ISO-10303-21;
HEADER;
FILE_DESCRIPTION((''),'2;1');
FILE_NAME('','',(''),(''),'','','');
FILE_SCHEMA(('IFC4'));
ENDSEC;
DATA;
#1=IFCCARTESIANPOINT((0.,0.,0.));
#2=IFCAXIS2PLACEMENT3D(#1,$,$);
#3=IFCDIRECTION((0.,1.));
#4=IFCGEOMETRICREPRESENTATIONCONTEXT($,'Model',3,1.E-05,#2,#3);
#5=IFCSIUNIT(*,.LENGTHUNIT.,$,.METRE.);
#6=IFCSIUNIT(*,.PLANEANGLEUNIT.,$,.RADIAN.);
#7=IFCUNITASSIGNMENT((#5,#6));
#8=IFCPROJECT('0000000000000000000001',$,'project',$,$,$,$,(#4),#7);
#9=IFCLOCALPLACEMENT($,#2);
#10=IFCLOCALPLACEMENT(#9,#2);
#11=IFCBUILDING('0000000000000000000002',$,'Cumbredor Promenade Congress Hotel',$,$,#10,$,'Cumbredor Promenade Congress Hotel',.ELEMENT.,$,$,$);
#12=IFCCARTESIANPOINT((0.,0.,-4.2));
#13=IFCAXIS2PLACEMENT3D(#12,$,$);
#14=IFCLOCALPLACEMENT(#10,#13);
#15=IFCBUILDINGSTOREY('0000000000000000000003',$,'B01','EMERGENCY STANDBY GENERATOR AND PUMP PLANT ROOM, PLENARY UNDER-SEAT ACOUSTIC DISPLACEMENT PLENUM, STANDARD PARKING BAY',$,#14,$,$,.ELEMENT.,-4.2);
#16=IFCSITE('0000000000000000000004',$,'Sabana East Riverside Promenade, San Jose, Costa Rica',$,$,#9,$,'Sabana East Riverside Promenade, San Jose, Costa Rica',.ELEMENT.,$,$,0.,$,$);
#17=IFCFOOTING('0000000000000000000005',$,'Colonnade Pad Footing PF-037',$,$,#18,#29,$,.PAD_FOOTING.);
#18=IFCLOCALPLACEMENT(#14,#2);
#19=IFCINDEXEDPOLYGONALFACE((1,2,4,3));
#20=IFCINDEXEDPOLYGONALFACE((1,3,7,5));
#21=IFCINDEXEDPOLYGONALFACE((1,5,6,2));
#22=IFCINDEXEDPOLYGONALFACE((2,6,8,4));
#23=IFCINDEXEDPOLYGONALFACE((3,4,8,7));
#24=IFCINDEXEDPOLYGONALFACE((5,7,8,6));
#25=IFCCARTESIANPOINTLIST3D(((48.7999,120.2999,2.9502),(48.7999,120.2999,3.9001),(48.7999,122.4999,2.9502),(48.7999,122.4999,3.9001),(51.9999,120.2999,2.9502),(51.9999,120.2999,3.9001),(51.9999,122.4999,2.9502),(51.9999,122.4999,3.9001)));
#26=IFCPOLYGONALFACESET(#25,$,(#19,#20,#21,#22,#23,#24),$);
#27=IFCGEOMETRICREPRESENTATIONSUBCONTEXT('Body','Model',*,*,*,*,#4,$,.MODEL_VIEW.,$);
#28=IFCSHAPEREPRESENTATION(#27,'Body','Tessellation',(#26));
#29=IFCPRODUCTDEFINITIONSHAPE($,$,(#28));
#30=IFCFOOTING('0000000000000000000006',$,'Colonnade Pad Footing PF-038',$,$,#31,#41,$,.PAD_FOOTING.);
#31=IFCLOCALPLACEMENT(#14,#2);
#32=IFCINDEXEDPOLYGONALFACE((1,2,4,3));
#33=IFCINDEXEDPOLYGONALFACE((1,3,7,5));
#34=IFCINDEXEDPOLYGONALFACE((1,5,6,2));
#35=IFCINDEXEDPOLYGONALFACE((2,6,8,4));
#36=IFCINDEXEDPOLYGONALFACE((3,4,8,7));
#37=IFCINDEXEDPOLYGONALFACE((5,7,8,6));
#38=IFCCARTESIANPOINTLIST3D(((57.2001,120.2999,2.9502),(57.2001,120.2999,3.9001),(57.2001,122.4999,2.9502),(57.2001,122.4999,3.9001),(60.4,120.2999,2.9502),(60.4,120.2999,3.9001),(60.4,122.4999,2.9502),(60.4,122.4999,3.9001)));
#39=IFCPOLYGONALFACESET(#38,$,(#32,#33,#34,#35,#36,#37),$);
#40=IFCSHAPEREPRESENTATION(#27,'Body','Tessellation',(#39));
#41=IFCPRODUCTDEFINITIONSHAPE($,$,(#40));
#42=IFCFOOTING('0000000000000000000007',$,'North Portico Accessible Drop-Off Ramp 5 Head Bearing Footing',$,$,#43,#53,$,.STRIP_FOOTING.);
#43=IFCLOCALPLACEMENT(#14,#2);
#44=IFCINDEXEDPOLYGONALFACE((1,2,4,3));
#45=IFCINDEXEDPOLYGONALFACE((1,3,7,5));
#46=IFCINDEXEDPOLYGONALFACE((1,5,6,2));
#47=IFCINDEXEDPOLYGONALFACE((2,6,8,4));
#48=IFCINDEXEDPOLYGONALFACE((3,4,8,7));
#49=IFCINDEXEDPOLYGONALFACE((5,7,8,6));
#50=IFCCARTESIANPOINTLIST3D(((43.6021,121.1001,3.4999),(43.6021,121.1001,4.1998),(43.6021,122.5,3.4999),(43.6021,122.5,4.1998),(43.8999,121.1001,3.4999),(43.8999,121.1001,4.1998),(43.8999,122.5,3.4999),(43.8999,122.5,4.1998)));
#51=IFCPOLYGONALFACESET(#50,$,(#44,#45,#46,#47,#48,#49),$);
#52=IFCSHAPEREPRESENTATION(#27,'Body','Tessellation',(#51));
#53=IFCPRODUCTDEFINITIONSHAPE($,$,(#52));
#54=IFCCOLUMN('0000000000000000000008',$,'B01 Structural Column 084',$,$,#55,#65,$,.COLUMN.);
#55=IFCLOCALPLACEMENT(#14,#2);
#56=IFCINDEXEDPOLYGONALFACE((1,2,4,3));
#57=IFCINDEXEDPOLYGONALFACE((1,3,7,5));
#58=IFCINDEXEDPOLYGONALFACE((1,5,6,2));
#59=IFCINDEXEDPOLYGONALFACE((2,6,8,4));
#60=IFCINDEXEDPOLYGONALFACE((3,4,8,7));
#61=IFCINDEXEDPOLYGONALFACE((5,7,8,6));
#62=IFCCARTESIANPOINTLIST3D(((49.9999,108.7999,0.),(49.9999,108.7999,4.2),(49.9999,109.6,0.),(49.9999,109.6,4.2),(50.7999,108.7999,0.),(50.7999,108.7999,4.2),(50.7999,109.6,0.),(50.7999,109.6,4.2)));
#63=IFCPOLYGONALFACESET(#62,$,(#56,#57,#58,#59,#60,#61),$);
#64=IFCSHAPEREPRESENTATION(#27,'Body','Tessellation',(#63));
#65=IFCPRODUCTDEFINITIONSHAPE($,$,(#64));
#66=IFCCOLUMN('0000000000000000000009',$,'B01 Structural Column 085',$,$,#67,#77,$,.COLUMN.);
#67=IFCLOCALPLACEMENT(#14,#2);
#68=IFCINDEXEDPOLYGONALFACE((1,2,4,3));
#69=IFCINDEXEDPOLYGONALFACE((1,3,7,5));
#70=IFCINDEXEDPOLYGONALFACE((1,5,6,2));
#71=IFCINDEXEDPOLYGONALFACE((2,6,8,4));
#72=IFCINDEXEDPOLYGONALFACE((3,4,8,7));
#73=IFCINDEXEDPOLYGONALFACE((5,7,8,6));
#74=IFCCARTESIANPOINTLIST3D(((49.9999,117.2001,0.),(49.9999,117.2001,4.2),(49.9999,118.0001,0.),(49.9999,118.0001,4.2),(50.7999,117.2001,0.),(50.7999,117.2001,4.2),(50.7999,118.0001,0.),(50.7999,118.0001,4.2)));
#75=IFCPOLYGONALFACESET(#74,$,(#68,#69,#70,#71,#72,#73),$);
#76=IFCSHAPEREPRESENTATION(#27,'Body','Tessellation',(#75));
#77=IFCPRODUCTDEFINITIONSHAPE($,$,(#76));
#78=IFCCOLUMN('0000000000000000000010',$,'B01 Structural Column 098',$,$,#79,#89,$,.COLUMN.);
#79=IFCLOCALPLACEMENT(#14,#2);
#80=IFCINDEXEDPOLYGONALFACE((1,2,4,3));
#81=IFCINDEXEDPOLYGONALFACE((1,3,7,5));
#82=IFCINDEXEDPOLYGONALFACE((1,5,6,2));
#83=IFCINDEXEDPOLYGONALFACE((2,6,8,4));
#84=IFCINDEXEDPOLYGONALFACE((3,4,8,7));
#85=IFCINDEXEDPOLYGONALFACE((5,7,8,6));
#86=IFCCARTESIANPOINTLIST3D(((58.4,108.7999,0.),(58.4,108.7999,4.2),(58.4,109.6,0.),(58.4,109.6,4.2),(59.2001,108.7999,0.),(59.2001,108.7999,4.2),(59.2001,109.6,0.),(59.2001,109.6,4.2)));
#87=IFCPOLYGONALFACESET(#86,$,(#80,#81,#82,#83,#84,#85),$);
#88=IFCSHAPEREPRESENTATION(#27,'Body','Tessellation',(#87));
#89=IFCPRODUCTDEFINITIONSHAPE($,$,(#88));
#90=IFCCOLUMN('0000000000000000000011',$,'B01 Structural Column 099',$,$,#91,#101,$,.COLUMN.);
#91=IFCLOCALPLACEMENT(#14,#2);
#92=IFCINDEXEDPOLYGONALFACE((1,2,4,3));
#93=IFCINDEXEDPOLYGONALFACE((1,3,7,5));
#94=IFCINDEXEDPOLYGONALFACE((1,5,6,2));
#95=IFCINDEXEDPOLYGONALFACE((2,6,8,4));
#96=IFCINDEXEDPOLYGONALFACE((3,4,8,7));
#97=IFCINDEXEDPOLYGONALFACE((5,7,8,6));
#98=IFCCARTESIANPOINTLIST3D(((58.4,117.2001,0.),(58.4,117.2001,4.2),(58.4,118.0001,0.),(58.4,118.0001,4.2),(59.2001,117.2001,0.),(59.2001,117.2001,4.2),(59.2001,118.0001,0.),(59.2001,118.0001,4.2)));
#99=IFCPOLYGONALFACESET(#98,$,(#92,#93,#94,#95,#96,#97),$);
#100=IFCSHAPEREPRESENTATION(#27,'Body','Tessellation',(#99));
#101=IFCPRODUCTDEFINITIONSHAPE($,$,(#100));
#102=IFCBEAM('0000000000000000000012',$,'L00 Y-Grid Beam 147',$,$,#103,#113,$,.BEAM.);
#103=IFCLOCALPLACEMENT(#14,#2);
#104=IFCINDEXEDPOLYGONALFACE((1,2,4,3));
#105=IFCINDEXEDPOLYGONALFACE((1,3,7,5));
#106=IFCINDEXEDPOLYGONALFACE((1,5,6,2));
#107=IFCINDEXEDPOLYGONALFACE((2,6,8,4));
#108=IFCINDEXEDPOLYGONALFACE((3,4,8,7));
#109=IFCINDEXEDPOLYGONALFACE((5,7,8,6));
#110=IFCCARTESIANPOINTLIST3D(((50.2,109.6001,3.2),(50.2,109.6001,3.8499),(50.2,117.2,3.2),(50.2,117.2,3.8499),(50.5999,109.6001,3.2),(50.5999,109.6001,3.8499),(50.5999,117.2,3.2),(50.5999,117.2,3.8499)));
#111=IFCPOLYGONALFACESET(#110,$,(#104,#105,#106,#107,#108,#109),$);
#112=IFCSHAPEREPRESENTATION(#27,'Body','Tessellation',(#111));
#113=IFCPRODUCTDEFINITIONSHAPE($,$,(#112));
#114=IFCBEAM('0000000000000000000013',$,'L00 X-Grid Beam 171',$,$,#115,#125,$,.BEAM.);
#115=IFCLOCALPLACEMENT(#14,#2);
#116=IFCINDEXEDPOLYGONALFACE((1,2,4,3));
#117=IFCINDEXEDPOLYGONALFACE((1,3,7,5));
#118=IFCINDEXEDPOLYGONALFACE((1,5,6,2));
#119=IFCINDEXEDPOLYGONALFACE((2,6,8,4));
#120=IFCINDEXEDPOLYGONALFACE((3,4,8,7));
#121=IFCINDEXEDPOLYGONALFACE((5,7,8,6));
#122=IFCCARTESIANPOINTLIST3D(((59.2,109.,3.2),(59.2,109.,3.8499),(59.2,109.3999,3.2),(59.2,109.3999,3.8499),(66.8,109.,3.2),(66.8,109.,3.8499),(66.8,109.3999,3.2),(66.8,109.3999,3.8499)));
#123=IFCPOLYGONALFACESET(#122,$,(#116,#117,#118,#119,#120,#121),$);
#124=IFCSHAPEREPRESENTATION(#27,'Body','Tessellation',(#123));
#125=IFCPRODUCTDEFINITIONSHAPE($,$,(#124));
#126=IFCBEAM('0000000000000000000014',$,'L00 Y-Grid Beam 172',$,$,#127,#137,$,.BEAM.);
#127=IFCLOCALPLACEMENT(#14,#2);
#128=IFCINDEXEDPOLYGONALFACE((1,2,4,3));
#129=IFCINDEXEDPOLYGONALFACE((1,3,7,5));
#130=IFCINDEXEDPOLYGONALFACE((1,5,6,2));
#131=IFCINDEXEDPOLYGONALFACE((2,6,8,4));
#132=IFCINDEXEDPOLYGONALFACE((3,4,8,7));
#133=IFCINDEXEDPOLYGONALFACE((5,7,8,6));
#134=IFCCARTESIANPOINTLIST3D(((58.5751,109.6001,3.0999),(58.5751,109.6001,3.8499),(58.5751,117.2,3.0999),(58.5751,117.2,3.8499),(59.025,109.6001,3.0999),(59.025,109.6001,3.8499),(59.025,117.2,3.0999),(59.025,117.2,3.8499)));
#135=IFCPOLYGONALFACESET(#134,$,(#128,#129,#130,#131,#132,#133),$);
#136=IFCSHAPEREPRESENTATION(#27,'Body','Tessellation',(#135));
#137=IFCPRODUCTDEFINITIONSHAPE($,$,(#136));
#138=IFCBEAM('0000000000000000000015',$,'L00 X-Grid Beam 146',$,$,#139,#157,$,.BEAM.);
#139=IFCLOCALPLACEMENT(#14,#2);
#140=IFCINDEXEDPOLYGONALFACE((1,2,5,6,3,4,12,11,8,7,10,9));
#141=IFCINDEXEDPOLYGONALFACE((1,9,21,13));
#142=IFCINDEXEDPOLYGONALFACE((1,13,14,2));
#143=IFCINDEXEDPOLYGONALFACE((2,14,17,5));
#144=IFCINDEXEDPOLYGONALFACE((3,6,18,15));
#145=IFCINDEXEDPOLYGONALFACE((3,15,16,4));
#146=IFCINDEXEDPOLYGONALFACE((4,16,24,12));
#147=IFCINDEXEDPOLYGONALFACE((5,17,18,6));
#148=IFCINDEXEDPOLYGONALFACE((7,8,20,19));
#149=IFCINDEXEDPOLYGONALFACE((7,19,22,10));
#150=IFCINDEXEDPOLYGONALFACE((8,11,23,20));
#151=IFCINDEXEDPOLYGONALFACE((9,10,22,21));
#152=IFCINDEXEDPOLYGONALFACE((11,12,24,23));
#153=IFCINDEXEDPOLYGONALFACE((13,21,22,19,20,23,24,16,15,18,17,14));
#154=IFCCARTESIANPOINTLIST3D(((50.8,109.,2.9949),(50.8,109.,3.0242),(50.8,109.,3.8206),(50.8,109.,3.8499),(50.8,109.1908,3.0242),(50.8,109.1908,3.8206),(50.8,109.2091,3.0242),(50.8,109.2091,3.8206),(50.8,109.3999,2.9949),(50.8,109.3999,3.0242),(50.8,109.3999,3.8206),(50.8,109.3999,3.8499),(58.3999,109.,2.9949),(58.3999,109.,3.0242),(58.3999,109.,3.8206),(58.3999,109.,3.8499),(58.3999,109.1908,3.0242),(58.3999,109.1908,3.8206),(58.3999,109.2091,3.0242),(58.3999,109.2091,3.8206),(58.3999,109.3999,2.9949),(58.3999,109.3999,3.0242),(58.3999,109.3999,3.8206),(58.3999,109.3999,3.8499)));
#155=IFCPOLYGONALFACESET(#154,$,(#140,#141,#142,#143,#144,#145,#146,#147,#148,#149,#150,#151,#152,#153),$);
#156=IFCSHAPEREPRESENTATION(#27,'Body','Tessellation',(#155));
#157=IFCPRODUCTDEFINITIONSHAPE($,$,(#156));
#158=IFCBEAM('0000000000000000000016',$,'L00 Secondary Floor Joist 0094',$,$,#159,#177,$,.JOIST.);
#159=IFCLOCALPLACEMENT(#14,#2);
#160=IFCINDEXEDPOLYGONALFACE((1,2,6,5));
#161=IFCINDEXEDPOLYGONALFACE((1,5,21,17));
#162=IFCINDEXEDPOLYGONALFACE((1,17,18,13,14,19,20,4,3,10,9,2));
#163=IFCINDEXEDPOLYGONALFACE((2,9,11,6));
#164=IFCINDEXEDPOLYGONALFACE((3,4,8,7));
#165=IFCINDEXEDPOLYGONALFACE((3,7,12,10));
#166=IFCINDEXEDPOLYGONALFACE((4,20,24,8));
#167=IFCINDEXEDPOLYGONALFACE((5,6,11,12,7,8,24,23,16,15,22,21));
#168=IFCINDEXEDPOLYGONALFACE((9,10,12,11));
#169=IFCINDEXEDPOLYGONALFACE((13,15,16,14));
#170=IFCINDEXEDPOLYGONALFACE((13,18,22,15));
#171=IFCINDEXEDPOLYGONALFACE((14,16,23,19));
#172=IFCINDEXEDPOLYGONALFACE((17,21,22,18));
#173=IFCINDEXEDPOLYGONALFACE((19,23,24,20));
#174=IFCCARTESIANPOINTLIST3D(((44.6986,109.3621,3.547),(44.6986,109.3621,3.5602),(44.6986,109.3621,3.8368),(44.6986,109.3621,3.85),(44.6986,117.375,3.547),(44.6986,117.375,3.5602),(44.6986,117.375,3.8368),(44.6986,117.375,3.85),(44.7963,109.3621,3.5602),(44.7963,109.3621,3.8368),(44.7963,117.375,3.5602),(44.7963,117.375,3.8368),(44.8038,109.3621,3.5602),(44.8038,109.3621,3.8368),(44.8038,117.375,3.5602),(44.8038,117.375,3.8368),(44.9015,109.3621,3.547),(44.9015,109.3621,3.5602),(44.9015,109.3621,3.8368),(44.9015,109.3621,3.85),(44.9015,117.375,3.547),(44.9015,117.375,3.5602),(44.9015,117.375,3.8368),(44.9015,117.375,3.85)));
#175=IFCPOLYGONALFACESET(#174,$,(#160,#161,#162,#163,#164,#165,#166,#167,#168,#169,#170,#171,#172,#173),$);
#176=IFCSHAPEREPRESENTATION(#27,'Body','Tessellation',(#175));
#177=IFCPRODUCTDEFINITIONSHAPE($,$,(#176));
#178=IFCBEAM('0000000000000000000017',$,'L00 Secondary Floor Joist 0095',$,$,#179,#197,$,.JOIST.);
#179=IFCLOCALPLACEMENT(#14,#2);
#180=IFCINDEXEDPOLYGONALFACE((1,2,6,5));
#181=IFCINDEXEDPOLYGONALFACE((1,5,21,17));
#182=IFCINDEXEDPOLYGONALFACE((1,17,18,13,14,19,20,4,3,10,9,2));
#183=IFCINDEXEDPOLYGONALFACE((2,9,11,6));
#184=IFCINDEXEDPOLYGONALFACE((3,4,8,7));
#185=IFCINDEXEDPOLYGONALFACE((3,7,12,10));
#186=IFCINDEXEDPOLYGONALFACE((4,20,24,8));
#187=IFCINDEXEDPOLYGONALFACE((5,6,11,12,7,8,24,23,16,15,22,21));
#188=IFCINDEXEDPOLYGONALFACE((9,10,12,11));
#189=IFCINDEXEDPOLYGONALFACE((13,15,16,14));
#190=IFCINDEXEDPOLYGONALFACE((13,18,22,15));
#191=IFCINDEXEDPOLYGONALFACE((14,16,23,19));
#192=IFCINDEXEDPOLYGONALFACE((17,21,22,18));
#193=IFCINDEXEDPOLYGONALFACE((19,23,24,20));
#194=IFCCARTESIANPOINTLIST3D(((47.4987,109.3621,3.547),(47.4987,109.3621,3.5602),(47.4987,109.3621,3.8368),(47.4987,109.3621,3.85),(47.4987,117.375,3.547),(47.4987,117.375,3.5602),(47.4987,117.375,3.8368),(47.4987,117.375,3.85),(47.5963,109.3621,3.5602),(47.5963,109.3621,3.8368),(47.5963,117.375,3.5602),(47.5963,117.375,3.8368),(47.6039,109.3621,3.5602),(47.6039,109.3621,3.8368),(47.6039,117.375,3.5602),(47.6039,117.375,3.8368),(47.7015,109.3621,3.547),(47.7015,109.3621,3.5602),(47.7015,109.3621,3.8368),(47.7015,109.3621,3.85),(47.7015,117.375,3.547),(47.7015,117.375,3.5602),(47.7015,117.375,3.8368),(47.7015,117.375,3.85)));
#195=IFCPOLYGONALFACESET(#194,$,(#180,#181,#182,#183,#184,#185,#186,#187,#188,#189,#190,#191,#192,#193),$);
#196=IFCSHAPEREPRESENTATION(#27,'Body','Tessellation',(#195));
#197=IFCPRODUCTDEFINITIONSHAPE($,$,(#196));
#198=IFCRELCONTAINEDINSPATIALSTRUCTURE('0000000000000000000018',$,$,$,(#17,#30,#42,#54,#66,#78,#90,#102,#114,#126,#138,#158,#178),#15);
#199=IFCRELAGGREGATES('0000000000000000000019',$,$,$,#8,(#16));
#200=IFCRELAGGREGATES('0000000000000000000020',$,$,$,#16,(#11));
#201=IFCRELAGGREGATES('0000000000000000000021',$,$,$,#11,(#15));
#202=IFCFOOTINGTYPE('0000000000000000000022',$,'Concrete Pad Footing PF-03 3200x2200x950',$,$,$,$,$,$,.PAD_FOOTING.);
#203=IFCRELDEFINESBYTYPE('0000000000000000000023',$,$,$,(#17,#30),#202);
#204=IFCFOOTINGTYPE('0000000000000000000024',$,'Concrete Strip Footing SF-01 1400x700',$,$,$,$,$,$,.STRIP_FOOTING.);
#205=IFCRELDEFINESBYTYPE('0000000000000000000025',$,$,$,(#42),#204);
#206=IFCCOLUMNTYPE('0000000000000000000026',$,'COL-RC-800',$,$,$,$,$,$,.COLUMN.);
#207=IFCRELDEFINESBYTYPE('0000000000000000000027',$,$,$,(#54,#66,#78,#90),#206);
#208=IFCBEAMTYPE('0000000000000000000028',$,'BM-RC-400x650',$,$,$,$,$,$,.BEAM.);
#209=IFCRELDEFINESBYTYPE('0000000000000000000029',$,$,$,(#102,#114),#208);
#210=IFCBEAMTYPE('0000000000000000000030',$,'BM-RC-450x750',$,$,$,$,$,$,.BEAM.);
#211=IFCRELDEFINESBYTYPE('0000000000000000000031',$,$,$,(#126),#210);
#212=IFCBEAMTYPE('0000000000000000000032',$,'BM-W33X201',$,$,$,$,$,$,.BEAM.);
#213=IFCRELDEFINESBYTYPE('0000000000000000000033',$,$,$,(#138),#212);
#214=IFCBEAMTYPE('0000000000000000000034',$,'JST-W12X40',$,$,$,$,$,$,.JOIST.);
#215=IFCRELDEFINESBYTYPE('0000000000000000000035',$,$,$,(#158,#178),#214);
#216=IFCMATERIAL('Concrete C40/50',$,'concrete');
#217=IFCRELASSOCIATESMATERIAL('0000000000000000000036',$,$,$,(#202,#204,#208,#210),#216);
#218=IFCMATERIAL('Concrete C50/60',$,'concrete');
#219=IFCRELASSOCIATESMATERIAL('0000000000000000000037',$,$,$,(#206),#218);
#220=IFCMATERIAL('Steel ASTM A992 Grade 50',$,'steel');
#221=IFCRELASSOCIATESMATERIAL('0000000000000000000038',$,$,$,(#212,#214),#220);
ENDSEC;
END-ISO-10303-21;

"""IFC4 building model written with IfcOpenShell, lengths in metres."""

from ifc_helpers import new_model, si_unit, direction, frame, origin, origin_2d, place, context, subcontext, project, spatial, rectangle, i_section, extrude, material, material_profile, profile_set, type_object, element, save


model = new_model("IFC4")

# Units and contexts
model_context = context("Model", 3, precision=1e-05, world=origin(), true_north=direction((0.0, 1.0)))
body_context = subcontext(model_context, "Body", "Model", "MODEL_VIEW")
ifc_project = project(units=[si_unit("LENGTHUNIT", "METRE"), si_unit("PLANEANGLEUNIT", "RADIAN")], contexts=[model_context])

# Site, building, storey
site_placement = place(None, origin())
site = spatial("IfcSite", under=ifc_project, at=site_placement, Name="Sabana East Riverside Promenade, San Jose, Costa Rica", LongName="Sabana East Riverside Promenade, San Jose, Costa Rica", CompositionType="ELEMENT", RefElevation=0.0)
building_placement = place(site_placement, origin())
building = spatial("IfcBuilding", under=site, at=building_placement, Name="Cumbredor Promenade Congress Hotel", LongName="Cumbredor Promenade Congress Hotel", CompositionType="ELEMENT")
storey_placement = place(building_placement, frame((0.0, 0.0, -4.2)))
storey = spatial("IfcBuildingStorey", under=building, at=storey_placement, Name="B01", Description="EMERGENCY STANDBY GENERATOR AND PUMP PLANT ROOM, PLENARY UNDER-SEAT ACOUSTIC DISPLACEMENT PLENUM, STANDARD PARKING BAY", CompositionType="ELEMENT", Elevation=-4.2)

# Footings
ifc_material_1 = material(Name="Concrete C40/50", Category="concrete")
footing_type_1 = type_object("IfcFootingType", Name="Concrete Pad Footing PF-03 3200x2200x950", PredefinedType="PAD_FOOTING", material=ifc_material_1)
for number, where, z_axis, x_axis, name in (
    (1, (50.3999, 121.3999, 2.9502), (0.0, 0.0, 1.0), (1.0, 0.0, 0.0), "Colonnade Pad Footing PF-037"),
    (2, (58.8, 121.3999, 2.9502), (0.0, 0.0, 1.0), (1.0, 0.0, 0.0), "Colonnade Pad Footing PF-038"),
):
    element("IfcFooting", number, at=place(storey_placement, frame(where, z_axis=z_axis, x_axis=x_axis)), inside=storey, type_object=footing_type_1, Name=name, PredefinedType="PAD_FOOTING", context=body_context, shape_type="SweptSolid", body=[
        extrude(rectangle(XDim=3.2, YDim=2.2, at=origin_2d()), origin(), (0.0, 0.0, 1.0), 0.95),
    ])
ifc_material_profile_1 = material_profile(ifc_material_1, rectangle(XDim=1.3999, YDim=0.7, at=origin_2d()), Name="SF 1400x700")
ifc_profile_set_1 = profile_set([ifc_material_profile_1], Name="Concrete C40/50")
footing_type_2 = type_object("IfcFootingType", Name="Concrete Strip Footing SF-01 1400x700", PredefinedType="STRIP_FOOTING", material=ifc_profile_set_1)
footing_placement = place(storey_placement, frame((43.6021, 121.8, 3.8499), z_axis=(1.0, 0.0, 0.0), x_axis=(0.0, 1.0, 0.0)))
element("IfcFooting", 3, at=footing_placement, inside=storey, type_object=footing_type_2, Name="North Portico Accessible Drop-Off Ramp 5 Head Bearing Footing", PredefinedType="STRIP_FOOTING", context=body_context, shape_type="SweptSolid", body=[
    extrude(rectangle(XDim=1.3999, YDim=0.7, at=origin_2d()), origin(), (0.0, 0.0, 1.0), 0.2979),
])

# Columns
ifc_material_2 = material(Name="Concrete C50/60", Category="concrete")
ifc_material_profile_2 = material_profile(ifc_material_2, rectangle(XDim=0.8, YDim=0.8, at=origin_2d()), Name="RC 800x800")
ifc_profile_set_2 = profile_set([ifc_material_profile_2], Name="Concrete C50/60")
column_type = type_object("IfcColumnType", Name="COL-RC-800", PredefinedType="COLUMN", material=ifc_profile_set_2)
for number, where, z_axis, x_axis, name in (
    (4, (50.3999, 109.2, 0.0), (0.0, 0.0, 1.0), (1.0, 0.0, 0.0), "B01 Structural Column 084"),
    (5, (50.3999, 117.6001, 0.0), (0.0, 0.0, 1.0), (1.0, 0.0, 0.0), "B01 Structural Column 085"),
    (6, (58.8, 109.2, 0.0), (0.0, 0.0, 1.0), (1.0, 0.0, 0.0), "B01 Structural Column 098"),
    (7, (58.8, 117.6001, 0.0), (0.0, 0.0, 1.0), (1.0, 0.0, 0.0), "B01 Structural Column 099"),
):
    element("IfcColumn", number, at=place(storey_placement, frame(where, z_axis=z_axis, x_axis=x_axis)), inside=storey, type_object=column_type, Name=name, PredefinedType="COLUMN", context=body_context, shape_type="SweptSolid", body=[
        extrude(rectangle(XDim=0.8, YDim=0.8, at=origin_2d()), origin(), (0.0, 0.0, 1.0), 4.2),
    ])

# Beams
ifc_material_profile_3 = material_profile(ifc_material_1, rectangle(XDim=0.3999, YDim=0.6499, at=origin_2d()), Name="RC BEAM 400x650")
ifc_profile_set_3 = profile_set([ifc_material_profile_3], Name="Concrete C40/50")
beam_type_1 = type_object("IfcBeamType", Name="BM-RC-400x650", PredefinedType="BEAM", material=ifc_profile_set_3)
beam_1_placement = place(storey_placement, frame((50.3999, 109.6001, 3.5249), z_axis=(0.0, 1.0, 0.0), x_axis=(-1.0, 0.0, 0.0)))
element("IfcBeam", 8, at=beam_1_placement, inside=storey, type_object=beam_type_1, Name="L00 Y-Grid Beam 147", PredefinedType="BEAM", context=body_context, shape_type="SweptSolid", body=[
    extrude(rectangle(XDim=0.3999, YDim=0.6499, at=origin_2d()), origin(), (0.0, 0.0, 1.0), 7.5999),
])
beam_2_placement = place(storey_placement, frame((59.2, 109.2, 3.5249), z_axis=(1.0, 0.0, 0.0), x_axis=(0.0, 1.0, 0.0)))
element("IfcBeam", 9, at=beam_2_placement, inside=storey, type_object=beam_type_1, Name="L00 X-Grid Beam 171", PredefinedType="BEAM", context=body_context, shape_type="SweptSolid", body=[
    extrude(rectangle(XDim=0.3999, YDim=0.6499, at=origin_2d()), origin(), (0.0, 0.0, 1.0), 7.6001),
])
ifc_material_profile_4 = material_profile(ifc_material_1, rectangle(XDim=0.45, YDim=0.75, at=origin_2d()), Name="RC BEAM 450x750")
ifc_profile_set_4 = profile_set([ifc_material_profile_4], Name="Concrete C40/50")
beam_type_2 = type_object("IfcBeamType", Name="BM-RC-450x750", PredefinedType="BEAM", material=ifc_profile_set_4)
beam_3_placement = place(storey_placement, frame((58.8, 109.6001, 3.4749), z_axis=(0.0, 1.0, 0.0), x_axis=(-1.0, 0.0, 0.0)))
element("IfcBeam", 10, at=beam_3_placement, inside=storey, type_object=beam_type_2, Name="L00 Y-Grid Beam 172", PredefinedType="BEAM", context=body_context, shape_type="SweptSolid", body=[
    extrude(rectangle(XDim=0.45, YDim=0.75, at=origin_2d()), origin(), (0.0, 0.0, 1.0), 7.5999),
])
ifc_material_3 = material(Name="Steel ASTM A992 Grade 50", Category="steel")
ifc_material_profile_5 = material_profile(ifc_material_3, i_section(OverallWidth=0.3999, OverallDepth=0.855, WebThickness=0.0183, FlangeThickness=0.0293, at=origin_2d()), Name="W33X201")
ifc_profile_set_5 = profile_set([ifc_material_profile_5], Name="Steel ASTM A992 Grade 50")
beam_type_3 = type_object("IfcBeamType", Name="BM-W33X201", PredefinedType="BEAM", material=ifc_profile_set_5)
beam_4_placement = place(storey_placement, frame((50.8, 109.2, 3.4224), z_axis=(1.0, 0.0, 0.0), x_axis=(0.0, 1.0, 0.0)))
element("IfcBeam", 11, at=beam_4_placement, inside=storey, type_object=beam_type_3, Name="L00 X-Grid Beam 146", PredefinedType="BEAM", context=body_context, shape_type="SweptSolid", body=[
    extrude(i_section(OverallWidth=0.3999, OverallDepth=0.855, WebThickness=0.0183, FlangeThickness=0.0293, at=origin_2d()), origin(), (0.0, 0.0, 1.0), 7.5999),
])
ifc_material_profile_6 = material_profile(ifc_material_3, i_section(OverallWidth=0.2029, OverallDepth=0.303, WebThickness=0.0076, FlangeThickness=0.0132, at=origin_2d()), Name="W12X40")
ifc_profile_set_6 = profile_set([ifc_material_profile_6], Name="Steel ASTM A992 Grade 50")
beam_type_4 = type_object("IfcBeamType", Name="JST-W12X40", PredefinedType="JOIST", material=ifc_profile_set_6)
for number, where, z_axis, x_axis, name in (
    (12, (44.8, 109.3621, 3.6985), (0.0, 1.0, 0.0), (-1.0, 0.0, 0.0), "L00 Secondary Floor Joist 0094"),
    (13, (47.6001, 109.3621, 3.6985), (0.0, 1.0, 0.0), (-1.0, 0.0, 0.0), "L00 Secondary Floor Joist 0095"),
):
    element("IfcBeam", number, at=place(storey_placement, frame(where, z_axis=z_axis, x_axis=x_axis)), inside=storey, type_object=beam_type_4, Name=name, PredefinedType="JOIST", context=body_context, shape_type="SweptSolid", body=[
        extrude(i_section(OverallWidth=0.2029, OverallDepth=0.303, WebThickness=0.0076, FlangeThickness=0.0132, at=origin_2d()), origin(), (0.0, 0.0, 1.0), 8.0129),
    ])

save(model, "model.ifc")
